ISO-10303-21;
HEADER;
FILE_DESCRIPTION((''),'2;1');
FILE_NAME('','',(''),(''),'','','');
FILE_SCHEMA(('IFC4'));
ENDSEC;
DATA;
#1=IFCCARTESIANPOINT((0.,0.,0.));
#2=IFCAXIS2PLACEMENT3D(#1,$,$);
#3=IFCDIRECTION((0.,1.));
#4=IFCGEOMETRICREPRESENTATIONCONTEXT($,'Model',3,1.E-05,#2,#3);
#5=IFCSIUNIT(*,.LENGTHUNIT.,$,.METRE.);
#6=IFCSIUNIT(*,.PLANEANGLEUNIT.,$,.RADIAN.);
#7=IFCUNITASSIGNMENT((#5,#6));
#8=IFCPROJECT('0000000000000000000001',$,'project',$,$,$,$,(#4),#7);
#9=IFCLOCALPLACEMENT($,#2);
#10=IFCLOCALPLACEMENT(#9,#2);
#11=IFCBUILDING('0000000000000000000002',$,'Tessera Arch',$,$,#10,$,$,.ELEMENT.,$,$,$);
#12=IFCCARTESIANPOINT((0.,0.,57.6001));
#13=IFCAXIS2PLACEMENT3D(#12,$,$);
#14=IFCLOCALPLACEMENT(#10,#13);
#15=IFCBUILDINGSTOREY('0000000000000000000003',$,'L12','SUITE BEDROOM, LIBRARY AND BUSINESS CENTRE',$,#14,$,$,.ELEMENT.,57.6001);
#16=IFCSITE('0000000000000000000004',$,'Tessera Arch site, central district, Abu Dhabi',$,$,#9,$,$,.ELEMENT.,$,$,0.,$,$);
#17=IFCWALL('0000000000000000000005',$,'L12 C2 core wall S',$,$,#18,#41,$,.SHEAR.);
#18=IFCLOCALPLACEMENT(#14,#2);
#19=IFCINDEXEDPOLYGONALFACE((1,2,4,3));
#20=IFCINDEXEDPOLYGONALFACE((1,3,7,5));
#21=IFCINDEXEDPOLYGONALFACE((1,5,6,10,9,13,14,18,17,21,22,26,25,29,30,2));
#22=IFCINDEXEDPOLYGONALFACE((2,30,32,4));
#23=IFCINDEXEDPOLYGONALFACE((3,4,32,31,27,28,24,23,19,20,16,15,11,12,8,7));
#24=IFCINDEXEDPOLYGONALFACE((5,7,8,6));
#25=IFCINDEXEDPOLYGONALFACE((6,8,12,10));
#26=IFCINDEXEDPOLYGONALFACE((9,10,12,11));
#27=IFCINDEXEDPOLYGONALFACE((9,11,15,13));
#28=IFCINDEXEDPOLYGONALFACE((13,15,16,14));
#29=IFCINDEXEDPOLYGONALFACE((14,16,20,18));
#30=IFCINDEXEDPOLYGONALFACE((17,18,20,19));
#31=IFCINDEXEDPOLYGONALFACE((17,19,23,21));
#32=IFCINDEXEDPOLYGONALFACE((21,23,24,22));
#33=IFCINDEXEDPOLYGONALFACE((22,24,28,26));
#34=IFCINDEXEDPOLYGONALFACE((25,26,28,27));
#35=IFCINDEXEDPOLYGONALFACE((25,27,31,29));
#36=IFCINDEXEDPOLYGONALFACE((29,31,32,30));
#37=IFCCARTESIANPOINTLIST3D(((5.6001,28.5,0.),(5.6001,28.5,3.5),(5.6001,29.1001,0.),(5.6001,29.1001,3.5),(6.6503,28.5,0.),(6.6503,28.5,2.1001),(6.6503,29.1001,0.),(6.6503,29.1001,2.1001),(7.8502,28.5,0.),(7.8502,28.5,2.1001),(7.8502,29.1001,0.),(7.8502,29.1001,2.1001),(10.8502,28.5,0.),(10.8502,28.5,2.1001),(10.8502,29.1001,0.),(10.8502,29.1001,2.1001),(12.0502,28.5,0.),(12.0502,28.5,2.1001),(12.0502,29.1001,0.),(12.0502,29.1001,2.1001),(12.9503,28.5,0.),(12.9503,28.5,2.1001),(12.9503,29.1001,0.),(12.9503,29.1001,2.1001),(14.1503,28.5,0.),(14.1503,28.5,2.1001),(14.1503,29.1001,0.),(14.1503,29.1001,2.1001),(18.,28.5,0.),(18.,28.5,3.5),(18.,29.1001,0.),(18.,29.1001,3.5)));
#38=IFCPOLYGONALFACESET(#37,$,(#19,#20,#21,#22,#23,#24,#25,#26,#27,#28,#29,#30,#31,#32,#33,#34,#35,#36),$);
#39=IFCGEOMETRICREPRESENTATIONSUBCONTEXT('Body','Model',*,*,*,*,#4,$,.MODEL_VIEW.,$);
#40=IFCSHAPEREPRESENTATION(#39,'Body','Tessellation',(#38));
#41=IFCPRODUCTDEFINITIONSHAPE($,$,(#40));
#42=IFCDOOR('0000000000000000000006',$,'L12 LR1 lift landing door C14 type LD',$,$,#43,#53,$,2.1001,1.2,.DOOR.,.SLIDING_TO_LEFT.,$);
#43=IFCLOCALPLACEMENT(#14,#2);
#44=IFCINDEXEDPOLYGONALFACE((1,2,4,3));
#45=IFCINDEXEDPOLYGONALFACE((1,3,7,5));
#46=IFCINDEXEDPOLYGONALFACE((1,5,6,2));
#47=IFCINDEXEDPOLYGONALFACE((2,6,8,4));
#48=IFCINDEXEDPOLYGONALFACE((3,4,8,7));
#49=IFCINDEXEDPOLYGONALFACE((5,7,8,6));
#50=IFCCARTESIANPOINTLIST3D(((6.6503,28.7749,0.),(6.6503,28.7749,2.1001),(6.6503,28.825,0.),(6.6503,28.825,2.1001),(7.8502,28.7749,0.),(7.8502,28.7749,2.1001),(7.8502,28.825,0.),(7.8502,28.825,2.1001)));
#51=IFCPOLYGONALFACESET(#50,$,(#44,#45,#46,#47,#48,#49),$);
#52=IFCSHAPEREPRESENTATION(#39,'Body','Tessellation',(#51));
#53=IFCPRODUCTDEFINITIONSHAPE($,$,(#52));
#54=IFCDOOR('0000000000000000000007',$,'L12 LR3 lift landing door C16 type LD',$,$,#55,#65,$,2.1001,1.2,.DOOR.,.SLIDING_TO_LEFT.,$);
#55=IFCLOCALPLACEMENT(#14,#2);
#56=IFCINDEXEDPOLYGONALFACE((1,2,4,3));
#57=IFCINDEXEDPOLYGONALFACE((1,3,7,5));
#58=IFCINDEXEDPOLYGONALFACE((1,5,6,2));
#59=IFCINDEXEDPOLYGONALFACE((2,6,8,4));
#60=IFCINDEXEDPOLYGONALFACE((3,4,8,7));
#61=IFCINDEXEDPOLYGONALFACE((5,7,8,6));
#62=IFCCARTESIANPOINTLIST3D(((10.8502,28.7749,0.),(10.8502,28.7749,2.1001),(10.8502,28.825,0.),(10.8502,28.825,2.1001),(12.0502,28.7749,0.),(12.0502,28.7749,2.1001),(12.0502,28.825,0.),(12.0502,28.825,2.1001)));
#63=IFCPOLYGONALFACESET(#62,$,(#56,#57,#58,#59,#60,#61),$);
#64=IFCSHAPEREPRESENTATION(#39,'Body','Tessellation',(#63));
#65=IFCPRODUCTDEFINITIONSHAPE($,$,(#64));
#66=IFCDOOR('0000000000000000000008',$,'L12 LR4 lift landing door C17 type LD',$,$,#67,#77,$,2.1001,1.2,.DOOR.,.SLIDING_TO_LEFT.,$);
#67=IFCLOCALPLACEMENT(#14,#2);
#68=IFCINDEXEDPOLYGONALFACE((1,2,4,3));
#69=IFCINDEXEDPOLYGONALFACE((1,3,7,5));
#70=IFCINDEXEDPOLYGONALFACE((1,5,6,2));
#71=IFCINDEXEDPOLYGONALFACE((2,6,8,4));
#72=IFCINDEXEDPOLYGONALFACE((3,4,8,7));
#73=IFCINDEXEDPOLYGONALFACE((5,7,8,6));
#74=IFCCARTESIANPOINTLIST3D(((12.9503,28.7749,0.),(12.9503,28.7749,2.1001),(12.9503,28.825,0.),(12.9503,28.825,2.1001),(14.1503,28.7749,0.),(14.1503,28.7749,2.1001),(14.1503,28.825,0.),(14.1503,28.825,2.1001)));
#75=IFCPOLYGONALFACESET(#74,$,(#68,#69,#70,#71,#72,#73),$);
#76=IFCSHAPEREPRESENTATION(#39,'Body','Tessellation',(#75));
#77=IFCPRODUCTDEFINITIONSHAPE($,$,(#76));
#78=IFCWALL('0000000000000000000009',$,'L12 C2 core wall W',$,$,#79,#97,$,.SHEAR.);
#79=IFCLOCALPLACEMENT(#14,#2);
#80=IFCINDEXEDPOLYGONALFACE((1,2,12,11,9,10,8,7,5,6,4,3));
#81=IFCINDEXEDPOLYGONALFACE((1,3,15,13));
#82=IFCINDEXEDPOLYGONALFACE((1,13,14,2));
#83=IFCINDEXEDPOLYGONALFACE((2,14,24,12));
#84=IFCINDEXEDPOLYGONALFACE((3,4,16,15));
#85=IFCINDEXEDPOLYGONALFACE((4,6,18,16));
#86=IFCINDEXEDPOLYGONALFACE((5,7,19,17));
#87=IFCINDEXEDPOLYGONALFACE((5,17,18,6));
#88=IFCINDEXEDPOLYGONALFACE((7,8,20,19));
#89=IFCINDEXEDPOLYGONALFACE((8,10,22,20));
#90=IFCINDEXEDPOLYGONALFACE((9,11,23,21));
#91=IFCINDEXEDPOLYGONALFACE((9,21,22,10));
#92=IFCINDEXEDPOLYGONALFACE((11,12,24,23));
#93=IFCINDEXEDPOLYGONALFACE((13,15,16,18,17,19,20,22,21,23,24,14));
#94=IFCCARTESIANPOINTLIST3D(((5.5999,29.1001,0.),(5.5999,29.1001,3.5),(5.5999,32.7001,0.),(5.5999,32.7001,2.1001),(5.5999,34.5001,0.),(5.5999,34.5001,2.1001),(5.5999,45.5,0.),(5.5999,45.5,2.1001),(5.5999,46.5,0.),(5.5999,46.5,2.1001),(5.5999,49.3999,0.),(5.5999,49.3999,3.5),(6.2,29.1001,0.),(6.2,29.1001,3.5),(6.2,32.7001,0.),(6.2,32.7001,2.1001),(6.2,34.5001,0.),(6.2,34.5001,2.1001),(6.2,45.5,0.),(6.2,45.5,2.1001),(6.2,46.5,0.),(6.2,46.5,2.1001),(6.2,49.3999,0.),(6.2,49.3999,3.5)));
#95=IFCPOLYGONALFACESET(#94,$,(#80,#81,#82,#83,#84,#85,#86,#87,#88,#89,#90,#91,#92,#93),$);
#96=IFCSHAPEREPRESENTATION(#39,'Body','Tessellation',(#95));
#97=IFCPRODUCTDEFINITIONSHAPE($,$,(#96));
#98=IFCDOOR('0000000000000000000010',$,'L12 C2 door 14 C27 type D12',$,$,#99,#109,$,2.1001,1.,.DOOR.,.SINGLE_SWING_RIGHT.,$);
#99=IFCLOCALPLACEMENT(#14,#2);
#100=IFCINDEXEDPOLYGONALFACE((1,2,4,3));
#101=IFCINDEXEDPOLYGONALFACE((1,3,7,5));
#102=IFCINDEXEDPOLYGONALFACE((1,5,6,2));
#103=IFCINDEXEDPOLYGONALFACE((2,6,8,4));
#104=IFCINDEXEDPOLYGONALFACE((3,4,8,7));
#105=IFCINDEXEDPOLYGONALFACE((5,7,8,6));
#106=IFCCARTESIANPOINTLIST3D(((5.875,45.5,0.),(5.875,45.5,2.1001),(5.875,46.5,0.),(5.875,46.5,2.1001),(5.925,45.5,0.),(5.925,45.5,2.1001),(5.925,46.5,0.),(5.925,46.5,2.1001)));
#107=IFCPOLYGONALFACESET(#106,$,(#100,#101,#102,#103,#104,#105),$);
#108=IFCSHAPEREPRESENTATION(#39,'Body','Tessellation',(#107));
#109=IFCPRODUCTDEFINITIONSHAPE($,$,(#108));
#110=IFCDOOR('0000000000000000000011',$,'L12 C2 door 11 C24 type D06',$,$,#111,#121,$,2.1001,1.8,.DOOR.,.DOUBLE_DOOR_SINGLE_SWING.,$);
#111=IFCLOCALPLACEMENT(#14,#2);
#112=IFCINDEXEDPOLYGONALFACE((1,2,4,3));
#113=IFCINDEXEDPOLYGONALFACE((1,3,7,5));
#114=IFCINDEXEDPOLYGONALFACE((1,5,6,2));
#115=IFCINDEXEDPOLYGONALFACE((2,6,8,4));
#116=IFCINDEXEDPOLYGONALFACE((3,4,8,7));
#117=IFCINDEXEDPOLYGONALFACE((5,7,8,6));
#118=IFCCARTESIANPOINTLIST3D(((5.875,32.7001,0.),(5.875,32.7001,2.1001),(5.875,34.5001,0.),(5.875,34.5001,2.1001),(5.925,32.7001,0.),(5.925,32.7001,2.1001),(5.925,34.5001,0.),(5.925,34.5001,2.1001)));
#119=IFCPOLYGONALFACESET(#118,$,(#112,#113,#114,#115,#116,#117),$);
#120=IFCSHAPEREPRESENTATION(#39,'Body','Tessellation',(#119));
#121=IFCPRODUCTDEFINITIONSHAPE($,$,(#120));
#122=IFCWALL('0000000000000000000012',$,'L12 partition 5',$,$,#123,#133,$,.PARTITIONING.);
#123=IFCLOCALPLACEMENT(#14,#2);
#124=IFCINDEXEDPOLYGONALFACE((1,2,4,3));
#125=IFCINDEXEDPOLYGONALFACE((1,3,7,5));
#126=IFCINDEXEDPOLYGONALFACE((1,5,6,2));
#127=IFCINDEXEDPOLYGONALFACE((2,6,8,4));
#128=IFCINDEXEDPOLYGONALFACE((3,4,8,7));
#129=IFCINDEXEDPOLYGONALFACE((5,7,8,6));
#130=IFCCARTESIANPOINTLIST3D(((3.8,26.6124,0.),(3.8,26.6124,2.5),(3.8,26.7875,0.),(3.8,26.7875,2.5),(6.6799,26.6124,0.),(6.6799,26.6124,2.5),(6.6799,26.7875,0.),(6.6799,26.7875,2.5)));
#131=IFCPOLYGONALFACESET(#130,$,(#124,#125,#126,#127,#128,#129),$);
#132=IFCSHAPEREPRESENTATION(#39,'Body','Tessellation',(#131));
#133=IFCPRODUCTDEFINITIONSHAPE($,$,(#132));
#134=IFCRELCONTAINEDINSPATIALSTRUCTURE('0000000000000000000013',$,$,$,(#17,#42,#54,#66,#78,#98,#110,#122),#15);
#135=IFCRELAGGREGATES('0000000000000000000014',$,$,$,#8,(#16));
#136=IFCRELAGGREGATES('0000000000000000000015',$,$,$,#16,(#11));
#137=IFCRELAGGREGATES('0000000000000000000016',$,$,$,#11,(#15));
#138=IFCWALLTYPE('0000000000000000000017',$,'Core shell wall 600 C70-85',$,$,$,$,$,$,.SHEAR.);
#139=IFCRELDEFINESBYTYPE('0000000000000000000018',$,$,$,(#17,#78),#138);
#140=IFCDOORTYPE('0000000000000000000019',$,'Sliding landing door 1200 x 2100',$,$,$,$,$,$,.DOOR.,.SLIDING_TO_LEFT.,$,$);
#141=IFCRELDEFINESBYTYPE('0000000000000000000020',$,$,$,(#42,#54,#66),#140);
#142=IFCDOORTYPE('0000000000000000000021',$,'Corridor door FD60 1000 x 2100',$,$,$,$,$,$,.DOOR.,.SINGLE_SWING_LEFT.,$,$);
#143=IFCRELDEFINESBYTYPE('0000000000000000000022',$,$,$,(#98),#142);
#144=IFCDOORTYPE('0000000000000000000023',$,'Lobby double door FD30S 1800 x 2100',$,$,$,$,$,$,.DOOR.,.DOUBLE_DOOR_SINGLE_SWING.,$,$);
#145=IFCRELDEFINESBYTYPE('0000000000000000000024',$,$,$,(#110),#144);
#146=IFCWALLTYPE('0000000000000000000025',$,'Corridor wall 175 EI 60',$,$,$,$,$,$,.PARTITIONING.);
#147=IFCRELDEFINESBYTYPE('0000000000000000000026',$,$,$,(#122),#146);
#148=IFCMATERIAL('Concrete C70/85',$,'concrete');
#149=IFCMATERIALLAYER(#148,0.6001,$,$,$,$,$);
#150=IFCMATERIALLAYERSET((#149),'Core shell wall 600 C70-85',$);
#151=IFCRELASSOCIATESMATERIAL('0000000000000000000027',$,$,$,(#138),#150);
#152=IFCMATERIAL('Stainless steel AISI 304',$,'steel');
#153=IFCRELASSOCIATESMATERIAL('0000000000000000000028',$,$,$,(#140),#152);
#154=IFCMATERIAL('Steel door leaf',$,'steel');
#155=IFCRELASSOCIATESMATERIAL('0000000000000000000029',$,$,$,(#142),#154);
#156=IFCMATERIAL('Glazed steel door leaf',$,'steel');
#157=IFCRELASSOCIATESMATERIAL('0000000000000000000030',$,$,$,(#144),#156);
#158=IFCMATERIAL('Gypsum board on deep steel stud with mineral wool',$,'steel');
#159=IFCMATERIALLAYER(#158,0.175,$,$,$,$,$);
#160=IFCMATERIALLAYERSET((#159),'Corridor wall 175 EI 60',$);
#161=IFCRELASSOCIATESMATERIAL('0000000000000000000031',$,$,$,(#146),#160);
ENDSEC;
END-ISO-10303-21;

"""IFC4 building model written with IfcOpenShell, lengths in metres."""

from ifc_helpers import new_model, si_unit, direction, frame, frame_2d, origin, place, context, subcontext, project, spatial, rectangle, extrude, material, layer, layer_set, type_object, element, fill, save


model = new_model("IFC4")

# Units and contexts
model_context = context("Model", 3, precision=1e-05, world=origin(), true_north=direction((0.0, 1.0)))
body_context = subcontext(model_context, "Body", "Model", "MODEL_VIEW")
ifc_project = project(units=[si_unit("LENGTHUNIT", "METRE"), si_unit("PLANEANGLEUNIT", "RADIAN")], contexts=[model_context])

# Site, building, storey
site_placement = place(None, origin())
site = spatial("IfcSite", under=ifc_project, at=site_placement, Name="Tessera Arch site, central district, Abu Dhabi", CompositionType="ELEMENT", RefElevation=0.0)
building_placement = place(site_placement, origin())
building = spatial("IfcBuilding", under=site, at=building_placement, Name="Tessera Arch", CompositionType="ELEMENT")
storey_placement = place(building_placement, frame((0.0, 0.0, 57.6001)))
storey = spatial("IfcBuildingStorey", under=building, at=storey_placement, Name="L12", Description="SUITE BEDROOM, LIBRARY AND BUSINESS CENTRE", CompositionType="ELEMENT", Elevation=57.6001)

# Walls, openings, doors
ifc_material_1 = material(Name="Concrete C70/85", Category="concrete")
ifc_layer_1 = layer(ifc_material_1, 0.6001)
ifc_layer_set_1 = layer_set([ifc_layer_1], Name="Core shell wall 600 C70-85")
wall_type_1 = type_object("IfcWallType", Name="Core shell wall 600 C70-85", PredefinedType="SHEAR", material=ifc_layer_set_1)
wall_1_placement = place(storey_placement, frame((5.6001, 28.8, 0.0), z_axis=(0.0, 0.0, 1.0), x_axis=(1.0, 0.0, 0.0)))
wall_1 = element("IfcWall", 1, at=wall_1_placement, inside=storey, type_object=wall_type_1, Name="L12 C2 core wall S", PredefinedType="SHEAR", context=body_context, shape_type="SweptSolid", body=[
    extrude(rectangle(XDim=12.3999, YDim=0.6001, at=frame_2d((6.2, 0.0))), origin(), (0.0, 0.0, 1.0), 3.5),
])
opening_1_placement = place(wall_1_placement, frame((1.05, 0.0, 0.0)))
opening_1 = element("IfcOpeningElement", 2, at=opening_1_placement, cuts=wall_1, PredefinedType="OPENING", context=body_context, shape_type="SweptSolid", body=[
    extrude(rectangle(XDim=1.2, YDim=2.1001, at=frame_2d((0.6001, 1.05))), frame((0.0, 0.3101, 0.0), z_axis=(0.0, -1.0, 0.0), x_axis=(1.0, 0.0, 0.0)), (0.0, 0.0, 1.0), 0.6201),
])
opening_2_placement = place(wall_1_placement, frame((5.25, 0.0, 0.0)))
opening_2 = element("IfcOpeningElement", 3, at=opening_2_placement, cuts=wall_1, PredefinedType="OPENING", context=body_context, shape_type="SweptSolid", body=[
    extrude(rectangle(XDim=1.2, YDim=2.1001, at=frame_2d((0.6001, 1.05))), frame((0.0, 0.3101, 0.0), z_axis=(0.0, -1.0, 0.0), x_axis=(1.0, 0.0, 0.0)), (0.0, 0.0, 1.0), 0.6201),
])
opening_3_placement = place(wall_1_placement, frame((7.3501, 0.0, 0.0)))
opening_3 = element("IfcOpeningElement", 4, at=opening_3_placement, cuts=wall_1, PredefinedType="OPENING", context=body_context, shape_type="SweptSolid", body=[
    extrude(rectangle(XDim=1.2, YDim=2.1001, at=frame_2d((0.6001, 1.05))), frame((0.0, 0.3101, 0.0), z_axis=(0.0, -1.0, 0.0), x_axis=(1.0, 0.0, 0.0)), (0.0, 0.0, 1.0), 0.6201),
])
ifc_material_2 = material(Name="Stainless steel AISI 304", Category="steel")
door_type_1 = type_object("IfcDoorType", Name="Sliding landing door 1200 x 2100", OperationType="SLIDING_TO_LEFT", PredefinedType="DOOR", material=ifc_material_2)
door_1_placement = place(opening_1_placement, origin())
door_1 = element("IfcDoor", 5, at=door_1_placement, inside=storey, type_object=door_type_1, Name="L12 LR1 lift landing door C14 type LD", OperationType="SLIDING_TO_LEFT", OverallHeight=2.1001, OverallWidth=1.2, PredefinedType="DOOR", context=body_context, shape_type="SweptSolid", body=[
    extrude(rectangle(XDim=1.2, YDim=2.1001, at=frame_2d((0.6001, 1.05))), frame((0.0, 0.0249, 0.0), z_axis=(0.0, -1.0, 0.0), x_axis=(1.0, 0.0, 0.0)), (0.0, 0.0, 1.0), 0.05),
])
fill(opening_1, door_1)
door_2_placement = place(opening_2_placement, origin())
door_2 = element("IfcDoor", 6, at=door_2_placement, inside=storey, type_object=door_type_1, Name="L12 LR3 lift landing door C16 type LD", OperationType="SLIDING_TO_LEFT", OverallHeight=2.1001, OverallWidth=1.2, PredefinedType="DOOR", context=body_context, shape_type="SweptSolid", body=[
    extrude(rectangle(XDim=1.2, YDim=2.1001, at=frame_2d((0.6001, 1.05))), frame((0.0, 0.0249, 0.0), z_axis=(0.0, -1.0, 0.0), x_axis=(1.0, 0.0, 0.0)), (0.0, 0.0, 1.0), 0.05),
])
fill(opening_2, door_2)
door_3_placement = place(opening_3_placement, origin())
door_3 = element("IfcDoor", 7, at=door_3_placement, inside=storey, type_object=door_type_1, Name="L12 LR4 lift landing door C17 type LD", OperationType="SLIDING_TO_LEFT", OverallHeight=2.1001, OverallWidth=1.2, PredefinedType="DOOR", context=body_context, shape_type="SweptSolid", body=[
    extrude(rectangle(XDim=1.2, YDim=2.1001, at=frame_2d((0.6001, 1.05))), frame((0.0, 0.0249, 0.0), z_axis=(0.0, -1.0, 0.0), x_axis=(1.0, 0.0, 0.0)), (0.0, 0.0, 1.0), 0.05),
])
fill(opening_3, door_3)
wall_2_placement = place(storey_placement, frame((5.8999, 29.1001, 0.0), z_axis=(0.0, 0.0, 1.0), x_axis=(0.0, 1.0, 0.0)))
wall_2 = element("IfcWall", 8, at=wall_2_placement, inside=storey, type_object=wall_type_1, Name="L12 C2 core wall W", PredefinedType="SHEAR", context=body_context, shape_type="SweptSolid", body=[
    extrude(rectangle(XDim=20.2998, YDim=0.6001, at=frame_2d((10.1499, 0.0))), origin(), (0.0, 0.0, 1.0), 3.5),
])
opening_4_placement = place(wall_2_placement, frame((3.6001, 0.0, 0.0)))
opening_4 = element("IfcOpeningElement", 9, at=opening_4_placement, cuts=wall_2, PredefinedType="OPENING", context=body_context, shape_type="SweptSolid", body=[
    extrude(rectangle(XDim=1.8, YDim=2.1001, at=frame_2d((0.8999, 1.05))), frame((0.0, 0.3101, 0.0), z_axis=(0.0, -1.0, 0.0), x_axis=(1.0, 0.0, 0.0)), (0.0, 0.0, 1.0), 0.6201),
])
opening_5_placement = place(wall_2_placement, frame((16.3999, 0.0, 0.0)))
opening_5 = element("IfcOpeningElement", 10, at=opening_5_placement, cuts=wall_2, PredefinedType="OPENING", context=body_context, shape_type="SweptSolid", body=[
    extrude(rectangle(XDim=1.0, YDim=2.1001, at=frame_2d((0.5, 1.05))), frame((0.0, 0.3101, 0.0), z_axis=(0.0, -1.0, 0.0), x_axis=(1.0, 0.0, 0.0)), (0.0, 0.0, 1.0), 0.6201),
])
ifc_material_3 = material(Name="Steel door leaf", Category="steel")
door_type_2 = type_object("IfcDoorType", Name="Corridor door FD60 1000 x 2100", OperationType="SINGLE_SWING_LEFT", PredefinedType="DOOR", material=ifc_material_3)
door_4_placement = place(opening_5_placement, origin())
door_4 = element("IfcDoor", 11, at=door_4_placement, inside=storey, type_object=door_type_2, Name="L12 C2 door 14 C27 type D12", OperationType="SINGLE_SWING_RIGHT", OverallHeight=2.1001, OverallWidth=1.0, PredefinedType="DOOR", context=body_context, shape_type="SweptSolid", body=[
    extrude(rectangle(XDim=1.0, YDim=2.1001, at=frame_2d((0.5, 1.05))), frame((0.0, 0.0249, 0.0), z_axis=(0.0, -1.0, 0.0), x_axis=(1.0, 0.0, 0.0)), (0.0, 0.0, 1.0), 0.05),
])
fill(opening_5, door_4)
ifc_material_4 = material(Name="Glazed steel door leaf", Category="steel")
door_type_3 = type_object("IfcDoorType", Name="Lobby double door FD30S 1800 x 2100", OperationType="DOUBLE_DOOR_SINGLE_SWING", PredefinedType="DOOR", material=ifc_material_4)
door_5_placement = place(opening_4_placement, origin())
door_5 = element("IfcDoor", 12, at=door_5_placement, inside=storey, type_object=door_type_3, Name="L12 C2 door 11 C24 type D06", OperationType="DOUBLE_DOOR_SINGLE_SWING", OverallHeight=2.1001, OverallWidth=1.8, PredefinedType="DOOR", context=body_context, shape_type="SweptSolid", body=[
    extrude(rectangle(XDim=1.8, YDim=2.1001, at=frame_2d((0.8999, 1.05))), frame((0.0, 0.0249, 0.0), z_axis=(0.0, -1.0, 0.0), x_axis=(1.0, 0.0, 0.0)), (0.0, 0.0, 1.0), 0.05),
])
fill(opening_4, door_5)

# Wall
ifc_material_5 = material(Name="Gypsum board on deep steel stud with mineral wool", Category="steel")
ifc_layer_2 = layer(ifc_material_5, 0.175)
ifc_layer_set_2 = layer_set([ifc_layer_2], Name="Corridor wall 175 EI 60")
wall_type_2 = type_object("IfcWallType", Name="Corridor wall 175 EI 60", PredefinedType="PARTITIONING", material=ifc_layer_set_2)
wall_3_placement = place(storey_placement, frame((3.8, 26.7, 0.0), z_axis=(0.0, 0.0, 1.0), x_axis=(1.0, 0.0, 0.0)))
element("IfcWall", 13, at=wall_3_placement, inside=storey, type_object=wall_type_2, Name="L12 partition 5", PredefinedType="PARTITIONING", context=body_context, shape_type="SweptSolid", body=[
    extrude(rectangle(XDim=2.8799, YDim=0.175, at=frame_2d((1.4399, 0.0))), origin(), (0.0, 0.0, 1.0), 2.5),
])

save(model, "model.ifc")
